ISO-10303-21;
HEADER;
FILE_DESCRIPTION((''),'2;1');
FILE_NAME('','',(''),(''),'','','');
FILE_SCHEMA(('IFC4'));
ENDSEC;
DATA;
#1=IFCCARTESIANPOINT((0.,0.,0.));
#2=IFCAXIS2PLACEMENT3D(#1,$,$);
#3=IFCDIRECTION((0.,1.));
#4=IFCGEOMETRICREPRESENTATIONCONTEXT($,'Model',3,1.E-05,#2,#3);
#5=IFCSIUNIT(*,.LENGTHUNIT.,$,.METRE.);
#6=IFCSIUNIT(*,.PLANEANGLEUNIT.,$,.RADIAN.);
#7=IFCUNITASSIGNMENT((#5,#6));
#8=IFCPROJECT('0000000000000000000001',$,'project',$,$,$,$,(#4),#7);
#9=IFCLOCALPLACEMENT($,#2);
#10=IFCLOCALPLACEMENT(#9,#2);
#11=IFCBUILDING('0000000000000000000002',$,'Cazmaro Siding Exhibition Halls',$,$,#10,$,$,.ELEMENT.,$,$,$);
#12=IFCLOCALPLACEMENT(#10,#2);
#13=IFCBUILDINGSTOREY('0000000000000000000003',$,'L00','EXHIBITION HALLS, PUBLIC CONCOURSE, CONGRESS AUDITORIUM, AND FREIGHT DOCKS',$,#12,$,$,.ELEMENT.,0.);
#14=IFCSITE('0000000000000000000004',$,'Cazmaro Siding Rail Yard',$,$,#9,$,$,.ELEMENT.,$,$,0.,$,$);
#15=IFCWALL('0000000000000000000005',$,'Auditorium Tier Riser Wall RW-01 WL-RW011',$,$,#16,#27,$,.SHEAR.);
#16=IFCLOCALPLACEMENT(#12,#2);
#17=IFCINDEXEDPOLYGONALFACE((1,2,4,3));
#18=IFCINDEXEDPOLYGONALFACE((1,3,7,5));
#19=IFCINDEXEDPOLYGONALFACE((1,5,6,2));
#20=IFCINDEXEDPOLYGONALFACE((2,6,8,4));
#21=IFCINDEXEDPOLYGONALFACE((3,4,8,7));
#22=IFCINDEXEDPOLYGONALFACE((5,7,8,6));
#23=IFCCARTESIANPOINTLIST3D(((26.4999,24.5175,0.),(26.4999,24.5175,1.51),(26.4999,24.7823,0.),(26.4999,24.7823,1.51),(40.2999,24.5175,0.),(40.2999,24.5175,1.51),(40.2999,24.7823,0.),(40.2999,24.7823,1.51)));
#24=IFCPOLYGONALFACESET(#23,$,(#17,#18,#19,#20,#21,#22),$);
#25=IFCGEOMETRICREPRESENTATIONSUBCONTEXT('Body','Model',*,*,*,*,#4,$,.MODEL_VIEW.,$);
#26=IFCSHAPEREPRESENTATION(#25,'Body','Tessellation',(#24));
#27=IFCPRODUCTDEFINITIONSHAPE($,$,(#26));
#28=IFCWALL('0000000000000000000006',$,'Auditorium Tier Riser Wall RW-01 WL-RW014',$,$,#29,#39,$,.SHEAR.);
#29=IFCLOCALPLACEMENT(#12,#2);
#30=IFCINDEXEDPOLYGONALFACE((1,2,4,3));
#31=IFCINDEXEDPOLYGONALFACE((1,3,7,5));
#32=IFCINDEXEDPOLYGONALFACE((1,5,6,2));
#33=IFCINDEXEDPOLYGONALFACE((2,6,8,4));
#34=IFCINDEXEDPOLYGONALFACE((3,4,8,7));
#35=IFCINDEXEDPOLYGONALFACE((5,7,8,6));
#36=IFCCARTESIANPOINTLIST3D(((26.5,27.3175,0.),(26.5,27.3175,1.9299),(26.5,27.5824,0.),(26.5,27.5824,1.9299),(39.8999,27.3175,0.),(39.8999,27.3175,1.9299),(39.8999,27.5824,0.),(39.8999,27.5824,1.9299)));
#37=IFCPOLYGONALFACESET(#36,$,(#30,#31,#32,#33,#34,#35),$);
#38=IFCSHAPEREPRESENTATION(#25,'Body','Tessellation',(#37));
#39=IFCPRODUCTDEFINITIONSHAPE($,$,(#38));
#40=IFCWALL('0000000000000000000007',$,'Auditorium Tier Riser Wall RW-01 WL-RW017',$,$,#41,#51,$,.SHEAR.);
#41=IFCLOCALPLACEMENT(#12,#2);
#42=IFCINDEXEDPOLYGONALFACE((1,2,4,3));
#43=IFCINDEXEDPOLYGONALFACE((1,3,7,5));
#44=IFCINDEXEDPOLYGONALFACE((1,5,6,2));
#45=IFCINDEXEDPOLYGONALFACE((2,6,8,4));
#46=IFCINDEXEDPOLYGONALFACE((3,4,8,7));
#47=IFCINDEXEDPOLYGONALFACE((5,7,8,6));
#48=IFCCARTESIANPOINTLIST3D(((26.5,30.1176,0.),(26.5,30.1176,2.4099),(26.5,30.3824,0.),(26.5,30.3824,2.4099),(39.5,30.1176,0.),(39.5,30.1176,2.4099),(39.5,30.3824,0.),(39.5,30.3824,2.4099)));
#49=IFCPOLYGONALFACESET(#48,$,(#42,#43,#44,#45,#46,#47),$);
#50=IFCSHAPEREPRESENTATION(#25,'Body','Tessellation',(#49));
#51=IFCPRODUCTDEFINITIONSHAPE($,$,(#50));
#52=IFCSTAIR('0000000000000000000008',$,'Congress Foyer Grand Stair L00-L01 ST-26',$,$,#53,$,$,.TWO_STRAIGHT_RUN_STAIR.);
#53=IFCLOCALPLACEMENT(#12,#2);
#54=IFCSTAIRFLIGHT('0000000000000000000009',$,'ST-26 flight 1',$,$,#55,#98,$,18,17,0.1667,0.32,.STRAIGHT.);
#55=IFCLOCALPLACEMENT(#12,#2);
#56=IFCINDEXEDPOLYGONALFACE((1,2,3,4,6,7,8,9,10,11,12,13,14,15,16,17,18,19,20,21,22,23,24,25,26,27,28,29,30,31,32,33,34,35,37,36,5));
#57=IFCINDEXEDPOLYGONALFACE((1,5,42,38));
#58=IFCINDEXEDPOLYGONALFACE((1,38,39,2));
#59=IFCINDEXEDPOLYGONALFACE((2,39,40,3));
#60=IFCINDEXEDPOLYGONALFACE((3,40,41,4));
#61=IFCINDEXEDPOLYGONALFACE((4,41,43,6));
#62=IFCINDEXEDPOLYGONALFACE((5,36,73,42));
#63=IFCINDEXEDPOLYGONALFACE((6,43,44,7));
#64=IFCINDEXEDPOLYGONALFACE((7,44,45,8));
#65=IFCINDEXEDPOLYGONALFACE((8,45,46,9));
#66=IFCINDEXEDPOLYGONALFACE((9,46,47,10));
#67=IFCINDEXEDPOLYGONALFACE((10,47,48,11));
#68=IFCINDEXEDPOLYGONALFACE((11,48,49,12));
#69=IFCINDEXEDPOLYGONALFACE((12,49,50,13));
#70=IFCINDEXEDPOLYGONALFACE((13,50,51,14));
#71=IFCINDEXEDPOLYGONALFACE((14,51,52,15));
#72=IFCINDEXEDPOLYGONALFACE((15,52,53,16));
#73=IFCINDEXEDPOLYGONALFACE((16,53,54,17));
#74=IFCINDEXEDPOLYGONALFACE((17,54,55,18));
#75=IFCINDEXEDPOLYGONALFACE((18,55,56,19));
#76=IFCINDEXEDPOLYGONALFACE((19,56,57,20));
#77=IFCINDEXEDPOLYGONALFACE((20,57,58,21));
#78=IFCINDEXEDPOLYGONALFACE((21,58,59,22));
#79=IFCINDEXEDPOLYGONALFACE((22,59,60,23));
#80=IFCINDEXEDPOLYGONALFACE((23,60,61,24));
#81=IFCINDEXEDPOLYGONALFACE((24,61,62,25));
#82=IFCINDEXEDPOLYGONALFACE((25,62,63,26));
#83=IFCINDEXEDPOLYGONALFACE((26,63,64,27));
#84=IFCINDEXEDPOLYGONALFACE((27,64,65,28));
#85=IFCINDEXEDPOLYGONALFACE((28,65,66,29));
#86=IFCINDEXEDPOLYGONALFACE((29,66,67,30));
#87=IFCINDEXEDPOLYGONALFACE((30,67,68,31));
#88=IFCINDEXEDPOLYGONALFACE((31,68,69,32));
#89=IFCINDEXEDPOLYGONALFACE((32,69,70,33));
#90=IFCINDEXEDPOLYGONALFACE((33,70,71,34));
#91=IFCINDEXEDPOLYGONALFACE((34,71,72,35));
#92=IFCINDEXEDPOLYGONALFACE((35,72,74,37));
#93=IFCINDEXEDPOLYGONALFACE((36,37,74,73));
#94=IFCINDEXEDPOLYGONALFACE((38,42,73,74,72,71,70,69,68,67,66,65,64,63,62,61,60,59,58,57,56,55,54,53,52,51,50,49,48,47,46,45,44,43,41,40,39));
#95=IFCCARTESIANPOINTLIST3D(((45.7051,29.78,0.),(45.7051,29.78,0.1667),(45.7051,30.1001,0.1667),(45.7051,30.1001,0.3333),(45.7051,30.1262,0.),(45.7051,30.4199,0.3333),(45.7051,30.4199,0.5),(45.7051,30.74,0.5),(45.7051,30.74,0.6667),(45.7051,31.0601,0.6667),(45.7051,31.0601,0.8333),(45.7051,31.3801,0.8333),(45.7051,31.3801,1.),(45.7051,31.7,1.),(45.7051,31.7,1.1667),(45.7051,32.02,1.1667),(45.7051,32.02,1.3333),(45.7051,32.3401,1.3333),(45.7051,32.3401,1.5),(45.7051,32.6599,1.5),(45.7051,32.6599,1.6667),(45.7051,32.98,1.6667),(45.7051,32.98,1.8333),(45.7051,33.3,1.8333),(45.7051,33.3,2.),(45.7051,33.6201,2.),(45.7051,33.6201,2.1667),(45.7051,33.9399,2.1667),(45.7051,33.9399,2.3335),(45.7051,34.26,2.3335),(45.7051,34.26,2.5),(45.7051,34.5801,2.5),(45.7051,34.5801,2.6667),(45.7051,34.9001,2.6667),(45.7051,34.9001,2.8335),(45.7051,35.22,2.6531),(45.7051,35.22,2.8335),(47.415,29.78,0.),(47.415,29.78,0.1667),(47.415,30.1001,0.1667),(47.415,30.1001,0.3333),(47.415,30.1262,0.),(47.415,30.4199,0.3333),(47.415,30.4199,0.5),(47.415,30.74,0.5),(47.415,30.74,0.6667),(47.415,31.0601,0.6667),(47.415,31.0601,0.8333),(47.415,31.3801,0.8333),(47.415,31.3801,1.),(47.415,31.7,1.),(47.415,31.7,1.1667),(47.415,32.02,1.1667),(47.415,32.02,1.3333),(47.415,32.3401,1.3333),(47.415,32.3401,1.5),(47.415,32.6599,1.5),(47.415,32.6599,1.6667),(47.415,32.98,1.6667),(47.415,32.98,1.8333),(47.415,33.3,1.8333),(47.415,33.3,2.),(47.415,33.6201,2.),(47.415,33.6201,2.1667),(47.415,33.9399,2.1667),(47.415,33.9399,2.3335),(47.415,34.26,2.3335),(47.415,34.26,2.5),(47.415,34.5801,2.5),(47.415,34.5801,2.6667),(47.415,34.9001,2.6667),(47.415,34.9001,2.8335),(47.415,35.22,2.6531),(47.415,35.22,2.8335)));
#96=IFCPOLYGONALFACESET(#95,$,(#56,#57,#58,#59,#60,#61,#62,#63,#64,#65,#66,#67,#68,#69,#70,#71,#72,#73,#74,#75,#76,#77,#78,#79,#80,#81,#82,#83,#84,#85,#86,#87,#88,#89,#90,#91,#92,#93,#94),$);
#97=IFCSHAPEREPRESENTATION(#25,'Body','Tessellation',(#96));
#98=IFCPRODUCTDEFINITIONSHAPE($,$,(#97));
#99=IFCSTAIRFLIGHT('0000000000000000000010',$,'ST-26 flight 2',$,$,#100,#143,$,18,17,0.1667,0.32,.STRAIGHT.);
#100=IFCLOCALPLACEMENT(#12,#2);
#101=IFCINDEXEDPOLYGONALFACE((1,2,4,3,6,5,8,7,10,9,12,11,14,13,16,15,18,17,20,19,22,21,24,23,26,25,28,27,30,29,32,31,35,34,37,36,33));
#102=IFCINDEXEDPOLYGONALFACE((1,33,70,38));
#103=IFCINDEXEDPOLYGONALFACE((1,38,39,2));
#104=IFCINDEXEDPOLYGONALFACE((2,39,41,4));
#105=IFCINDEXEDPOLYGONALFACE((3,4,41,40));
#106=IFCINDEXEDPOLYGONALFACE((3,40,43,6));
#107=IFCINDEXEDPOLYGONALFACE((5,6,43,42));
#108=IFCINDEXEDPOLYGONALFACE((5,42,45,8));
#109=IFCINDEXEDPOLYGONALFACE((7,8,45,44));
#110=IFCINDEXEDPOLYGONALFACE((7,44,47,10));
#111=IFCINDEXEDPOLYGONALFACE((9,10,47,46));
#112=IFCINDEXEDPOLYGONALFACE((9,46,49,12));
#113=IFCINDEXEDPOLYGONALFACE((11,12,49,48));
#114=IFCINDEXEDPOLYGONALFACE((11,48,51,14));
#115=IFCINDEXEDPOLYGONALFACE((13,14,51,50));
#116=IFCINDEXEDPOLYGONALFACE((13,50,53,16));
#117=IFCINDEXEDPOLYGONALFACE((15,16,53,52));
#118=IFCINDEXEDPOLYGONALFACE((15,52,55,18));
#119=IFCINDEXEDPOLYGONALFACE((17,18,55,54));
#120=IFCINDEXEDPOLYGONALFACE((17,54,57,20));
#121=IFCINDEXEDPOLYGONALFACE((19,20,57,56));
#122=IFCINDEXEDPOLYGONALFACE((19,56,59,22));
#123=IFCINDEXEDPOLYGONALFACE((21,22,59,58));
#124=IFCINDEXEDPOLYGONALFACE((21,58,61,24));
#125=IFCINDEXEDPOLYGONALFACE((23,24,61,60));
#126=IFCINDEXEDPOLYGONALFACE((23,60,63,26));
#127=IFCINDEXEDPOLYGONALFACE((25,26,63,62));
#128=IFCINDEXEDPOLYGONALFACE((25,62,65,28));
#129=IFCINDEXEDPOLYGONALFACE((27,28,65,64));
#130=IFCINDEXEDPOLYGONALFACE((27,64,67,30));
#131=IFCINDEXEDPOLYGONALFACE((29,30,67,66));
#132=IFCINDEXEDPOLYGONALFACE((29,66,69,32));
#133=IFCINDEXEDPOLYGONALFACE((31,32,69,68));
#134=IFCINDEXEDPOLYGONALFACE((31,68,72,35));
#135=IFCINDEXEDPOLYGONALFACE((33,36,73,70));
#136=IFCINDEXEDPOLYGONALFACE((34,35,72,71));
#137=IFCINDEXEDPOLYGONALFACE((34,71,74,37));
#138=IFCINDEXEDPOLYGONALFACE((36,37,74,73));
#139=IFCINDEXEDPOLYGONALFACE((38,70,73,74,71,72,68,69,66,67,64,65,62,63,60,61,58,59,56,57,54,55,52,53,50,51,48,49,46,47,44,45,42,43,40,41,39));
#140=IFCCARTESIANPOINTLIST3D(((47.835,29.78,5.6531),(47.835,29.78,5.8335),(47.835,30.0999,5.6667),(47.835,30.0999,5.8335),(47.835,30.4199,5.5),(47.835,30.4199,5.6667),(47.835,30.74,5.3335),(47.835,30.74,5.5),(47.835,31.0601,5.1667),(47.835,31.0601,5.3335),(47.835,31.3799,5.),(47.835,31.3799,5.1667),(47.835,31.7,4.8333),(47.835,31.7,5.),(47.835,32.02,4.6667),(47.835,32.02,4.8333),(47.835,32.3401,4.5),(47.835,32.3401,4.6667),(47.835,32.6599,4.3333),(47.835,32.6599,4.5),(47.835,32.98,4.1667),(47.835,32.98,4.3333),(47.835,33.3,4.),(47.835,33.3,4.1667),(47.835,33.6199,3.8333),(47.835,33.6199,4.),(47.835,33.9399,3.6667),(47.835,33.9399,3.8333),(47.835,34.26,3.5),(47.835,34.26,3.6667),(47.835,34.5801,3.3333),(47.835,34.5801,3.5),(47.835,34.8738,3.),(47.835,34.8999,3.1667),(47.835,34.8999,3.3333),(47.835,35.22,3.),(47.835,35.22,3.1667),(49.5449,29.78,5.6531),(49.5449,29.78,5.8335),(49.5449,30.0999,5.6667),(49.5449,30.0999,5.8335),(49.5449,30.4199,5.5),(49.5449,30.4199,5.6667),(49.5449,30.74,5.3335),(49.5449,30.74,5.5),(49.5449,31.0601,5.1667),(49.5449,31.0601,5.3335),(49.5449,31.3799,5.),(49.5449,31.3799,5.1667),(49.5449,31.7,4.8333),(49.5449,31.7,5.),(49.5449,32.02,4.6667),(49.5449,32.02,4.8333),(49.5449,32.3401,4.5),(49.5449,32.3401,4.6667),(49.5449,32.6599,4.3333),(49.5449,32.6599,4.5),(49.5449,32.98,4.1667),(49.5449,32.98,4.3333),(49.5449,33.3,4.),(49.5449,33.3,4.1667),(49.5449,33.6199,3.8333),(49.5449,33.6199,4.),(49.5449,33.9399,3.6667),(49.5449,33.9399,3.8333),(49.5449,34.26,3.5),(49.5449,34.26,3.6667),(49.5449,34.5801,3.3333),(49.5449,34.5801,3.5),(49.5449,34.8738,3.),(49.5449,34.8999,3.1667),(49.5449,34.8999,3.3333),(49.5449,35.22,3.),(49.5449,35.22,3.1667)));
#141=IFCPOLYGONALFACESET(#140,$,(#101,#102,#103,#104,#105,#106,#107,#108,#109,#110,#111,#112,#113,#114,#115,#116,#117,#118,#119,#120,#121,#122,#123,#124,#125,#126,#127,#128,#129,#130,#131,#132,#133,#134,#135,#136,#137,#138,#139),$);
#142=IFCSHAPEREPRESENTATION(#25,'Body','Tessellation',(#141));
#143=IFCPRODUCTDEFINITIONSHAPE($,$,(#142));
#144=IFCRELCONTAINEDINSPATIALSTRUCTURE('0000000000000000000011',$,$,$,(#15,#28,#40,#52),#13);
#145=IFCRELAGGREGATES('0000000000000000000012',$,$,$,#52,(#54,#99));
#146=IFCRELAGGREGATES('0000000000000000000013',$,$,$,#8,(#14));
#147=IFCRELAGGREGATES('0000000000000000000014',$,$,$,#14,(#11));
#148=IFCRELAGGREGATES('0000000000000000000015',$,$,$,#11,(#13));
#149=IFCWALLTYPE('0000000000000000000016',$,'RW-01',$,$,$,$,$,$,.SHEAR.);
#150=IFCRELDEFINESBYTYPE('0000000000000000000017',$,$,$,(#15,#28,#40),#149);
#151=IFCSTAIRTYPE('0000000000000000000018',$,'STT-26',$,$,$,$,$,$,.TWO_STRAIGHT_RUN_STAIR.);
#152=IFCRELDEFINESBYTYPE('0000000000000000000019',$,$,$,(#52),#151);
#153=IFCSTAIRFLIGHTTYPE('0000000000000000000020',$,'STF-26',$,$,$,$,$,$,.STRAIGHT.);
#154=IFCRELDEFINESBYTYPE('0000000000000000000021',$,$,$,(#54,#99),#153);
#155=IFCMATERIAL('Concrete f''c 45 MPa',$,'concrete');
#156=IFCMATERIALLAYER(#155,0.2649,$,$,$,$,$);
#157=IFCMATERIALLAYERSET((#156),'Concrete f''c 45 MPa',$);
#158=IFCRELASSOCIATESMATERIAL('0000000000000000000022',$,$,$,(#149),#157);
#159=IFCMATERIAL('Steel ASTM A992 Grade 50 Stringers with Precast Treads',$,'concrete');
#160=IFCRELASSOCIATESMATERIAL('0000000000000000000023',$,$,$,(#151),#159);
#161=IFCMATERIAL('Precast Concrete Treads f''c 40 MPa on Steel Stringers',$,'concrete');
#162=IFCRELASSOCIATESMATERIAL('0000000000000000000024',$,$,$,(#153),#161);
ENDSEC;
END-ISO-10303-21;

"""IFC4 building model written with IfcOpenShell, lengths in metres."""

from ifc_helpers import new_model, si_unit, direction, frame, frame_2d, origin, place, context, subcontext, project, spatial, polyline, rectangle, outline, extrude, material, layer, layer_set, type_object, element, aggregate, save


model = new_model("IFC4")

# Units and contexts
model_context = context("Model", 3, precision=1e-05, world=origin(), true_north=direction((0.0, 1.0)))
body_context = subcontext(model_context, "Body", "Model", "MODEL_VIEW")
ifc_project = project(units=[si_unit("LENGTHUNIT", "METRE"), si_unit("PLANEANGLEUNIT", "RADIAN")], contexts=[model_context])

# Site, building, storey
site_placement = place(None, origin())
site = spatial("IfcSite", under=ifc_project, at=site_placement, Name="Cazmaro Siding Rail Yard", CompositionType="ELEMENT", RefElevation=0.0)
building_placement = place(site_placement, origin())
building = spatial("IfcBuilding", under=site, at=building_placement, Name="Cazmaro Siding Exhibition Halls", CompositionType="ELEMENT")
storey_placement = place(building_placement, origin())
storey = spatial("IfcBuildingStorey", under=building, at=storey_placement, Name="L00", Description="EXHIBITION HALLS, PUBLIC CONCOURSE, CONGRESS AUDITORIUM, AND FREIGHT DOCKS", CompositionType="ELEMENT", Elevation=0.0)

# Walls
ifc_material_1 = material(Name="Concrete f'c 45 MPa", Category="concrete")
ifc_layer_1 = layer(ifc_material_1, 0.2649)
ifc_layer_set_1 = layer_set([ifc_layer_1], Name="Concrete f'c 45 MPa")
wall_type_1 = type_object("IfcWallType", Name="RW-01", PredefinedType="SHEAR", material=ifc_layer_set_1)
wall_1_placement = place(storey_placement, frame((26.5, 24.6499, 0.0), z_axis=(0.0, 0.0, 1.0), x_axis=(1.0, 0.0, 0.0)))
element("IfcWall", 1, at=wall_1_placement, inside=storey, type_object=wall_type_1, Name="Auditorium Tier Riser Wall RW-01 WL-RW011", PredefinedType="SHEAR", context=body_context, shape_type="SweptSolid", body=[
    extrude(rectangle(XDim=13.8, YDim=0.2649, at=frame_2d((6.8999, 0.0))), origin(), (0.0, 0.0, 1.0), 1.51),
])
wall_2_placement = place(storey_placement, frame((26.5, 27.45, 0.0), z_axis=(0.0, 0.0, 1.0), x_axis=(1.0, 0.0, 0.0)))
element("IfcWall", 2, at=wall_2_placement, inside=storey, type_object=wall_type_1, Name="Auditorium Tier Riser Wall RW-01 WL-RW014", PredefinedType="SHEAR", context=body_context, shape_type="SweptSolid", body=[
    extrude(rectangle(XDim=13.3999, YDim=0.2649, at=frame_2d((6.7, 0.0))), origin(), (0.0, 0.0, 1.0), 1.9299),
])
wall_3_placement = place(storey_placement, frame((26.5, 30.25, 0.0), z_axis=(0.0, 0.0, 1.0), x_axis=(1.0, 0.0, 0.0)))
element("IfcWall", 3, at=wall_3_placement, inside=storey, type_object=wall_type_1, Name="Auditorium Tier Riser Wall RW-01 WL-RW017", PredefinedType="SHEAR", context=body_context, shape_type="SweptSolid", body=[
    extrude(rectangle(XDim=13.0, YDim=0.2649, at=frame_2d((6.5, 0.0))), origin(), (0.0, 0.0, 1.0), 2.4099),
])

# Stair, stair flights
ifc_material_2 = material(Name="Steel ASTM A992 Grade 50 Stringers with Precast Treads", Category="concrete")
stair_type = type_object("IfcStairType", Name="STT-26", PredefinedType="TWO_STRAIGHT_RUN_STAIR", material=ifc_material_2)
stair_placement = place(storey_placement, origin())
stair = element("IfcStair", 4, at=stair_placement, inside=storey, type_object=stair_type, Name="Congress Foyer Grand Stair L00-L01 ST-26", PredefinedType="TWO_STRAIGHT_RUN_STAIR")
ifc_material_3 = material(Name="Precast Concrete Treads f'c 40 MPa on Steel Stringers", Category="concrete")
stair_flight_type = type_object("IfcStairFlightType", Name="STF-26", PredefinedType="STRAIGHT", material=ifc_material_3)
stair_flight_1_placement = place(storey_placement, frame((46.5601, 29.78, 0.0), z_axis=(0.0, 0.0, 1.0), x_axis=(0.0, 1.0, 0.0)))
stair_flight_1 = element("IfcStairFlight", 5, at=stair_flight_1_placement, type_object=stair_flight_type, Name="ST-26 flight 1", NumberOfRisers=18, NumberOfTreads=17, PredefinedType="STRAIGHT", RiserHeight=0.1667, TreadLength=0.32, context=body_context, shape_type="SweptSolid", body=[
    extrude(outline(polyline([(0.0, 0.0), (0.0, 0.1667), (0.3201, 0.1667), (0.3201, 0.3333), (0.6399, 0.3333), (0.6399, 0.5), (0.96, 0.5), (0.96, 0.6667), (1.28, 0.6667), (1.28, 0.8333), (1.6001, 0.8333), (1.6001, 1.0), (1.9199, 1.0), (1.9199, 1.1667), (2.24, 1.1667), (2.24, 1.3333), (2.5601, 1.3333), (2.5601, 1.5), (2.8799, 1.5), (2.8799, 1.6667), (3.2, 1.6667), (3.2, 1.8333), (3.52, 1.8333), (3.52, 2.0), (3.8401, 2.0), (3.8401, 2.1667), (4.1599, 2.1667), (4.1599, 2.3335), (4.48, 2.3335), (4.48, 2.5), (4.8, 2.5), (4.8, 2.6667), (5.1201, 2.6667), (5.1201, 2.8335), (5.4399, 2.8335), (5.4399, 3.0), (5.4399, 2.6531), (0.3462, 0.0), (0.0, 0.0)])), frame((0.0, 0.855, 0.0), z_axis=(0.0, -1.0, 0.0), x_axis=(1.0, 0.0, 0.0)), (0.0, 0.0, 1.0), 1.71),
])
stair_flight_2_placement = place(storey_placement, frame((48.6899, 35.22, 3.0), z_axis=(0.0, 0.0, 1.0), x_axis=(0.0, -1.0, 0.0)))
stair_flight_2 = element("IfcStairFlight", 6, at=stair_flight_2_placement, type_object=stair_flight_type, Name="ST-26 flight 2", NumberOfRisers=18, NumberOfTreads=17, PredefinedType="STRAIGHT", RiserHeight=0.1667, TreadLength=0.32, context=body_context, shape_type="SweptSolid", body=[
    extrude(outline(polyline([(0.0, 0.0), (0.0, 0.1667), (0.3201, 0.1667), (0.3201, 0.3333), (0.6399, 0.3333), (0.6399, 0.5), (0.96, 0.5), (0.96, 0.6667), (1.28, 0.6667), (1.28, 0.8333), (1.6001, 0.8333), (1.6001, 1.0), (1.9199, 1.0), (1.9199, 1.1667), (2.24, 1.1667), (2.24, 1.3333), (2.5601, 1.3333), (2.5601, 1.5), (2.8799, 1.5), (2.8799, 1.6667), (3.2, 1.6667), (3.2, 1.8333), (3.52, 1.8333), (3.52, 2.0), (3.8401, 2.0), (3.8401, 2.1667), (4.1599, 2.1667), (4.1599, 2.3335), (4.48, 2.3335), (4.48, 2.5), (4.8, 2.5), (4.8, 2.6667), (5.1201, 2.6667), (5.1201, 2.8335), (5.4399, 2.8335), (5.4399, 3.0), (5.4399, 2.6531), (0.3462, 0.0), (0.0, 0.0)])), frame((0.0, 0.855, 0.0), z_axis=(0.0, -1.0, 0.0), x_axis=(1.0, 0.0, 0.0)), (0.0, 0.0, 1.0), 1.71),
])
aggregate(stair, [stair_flight_1, stair_flight_2])

save(model, "model.ifc")
